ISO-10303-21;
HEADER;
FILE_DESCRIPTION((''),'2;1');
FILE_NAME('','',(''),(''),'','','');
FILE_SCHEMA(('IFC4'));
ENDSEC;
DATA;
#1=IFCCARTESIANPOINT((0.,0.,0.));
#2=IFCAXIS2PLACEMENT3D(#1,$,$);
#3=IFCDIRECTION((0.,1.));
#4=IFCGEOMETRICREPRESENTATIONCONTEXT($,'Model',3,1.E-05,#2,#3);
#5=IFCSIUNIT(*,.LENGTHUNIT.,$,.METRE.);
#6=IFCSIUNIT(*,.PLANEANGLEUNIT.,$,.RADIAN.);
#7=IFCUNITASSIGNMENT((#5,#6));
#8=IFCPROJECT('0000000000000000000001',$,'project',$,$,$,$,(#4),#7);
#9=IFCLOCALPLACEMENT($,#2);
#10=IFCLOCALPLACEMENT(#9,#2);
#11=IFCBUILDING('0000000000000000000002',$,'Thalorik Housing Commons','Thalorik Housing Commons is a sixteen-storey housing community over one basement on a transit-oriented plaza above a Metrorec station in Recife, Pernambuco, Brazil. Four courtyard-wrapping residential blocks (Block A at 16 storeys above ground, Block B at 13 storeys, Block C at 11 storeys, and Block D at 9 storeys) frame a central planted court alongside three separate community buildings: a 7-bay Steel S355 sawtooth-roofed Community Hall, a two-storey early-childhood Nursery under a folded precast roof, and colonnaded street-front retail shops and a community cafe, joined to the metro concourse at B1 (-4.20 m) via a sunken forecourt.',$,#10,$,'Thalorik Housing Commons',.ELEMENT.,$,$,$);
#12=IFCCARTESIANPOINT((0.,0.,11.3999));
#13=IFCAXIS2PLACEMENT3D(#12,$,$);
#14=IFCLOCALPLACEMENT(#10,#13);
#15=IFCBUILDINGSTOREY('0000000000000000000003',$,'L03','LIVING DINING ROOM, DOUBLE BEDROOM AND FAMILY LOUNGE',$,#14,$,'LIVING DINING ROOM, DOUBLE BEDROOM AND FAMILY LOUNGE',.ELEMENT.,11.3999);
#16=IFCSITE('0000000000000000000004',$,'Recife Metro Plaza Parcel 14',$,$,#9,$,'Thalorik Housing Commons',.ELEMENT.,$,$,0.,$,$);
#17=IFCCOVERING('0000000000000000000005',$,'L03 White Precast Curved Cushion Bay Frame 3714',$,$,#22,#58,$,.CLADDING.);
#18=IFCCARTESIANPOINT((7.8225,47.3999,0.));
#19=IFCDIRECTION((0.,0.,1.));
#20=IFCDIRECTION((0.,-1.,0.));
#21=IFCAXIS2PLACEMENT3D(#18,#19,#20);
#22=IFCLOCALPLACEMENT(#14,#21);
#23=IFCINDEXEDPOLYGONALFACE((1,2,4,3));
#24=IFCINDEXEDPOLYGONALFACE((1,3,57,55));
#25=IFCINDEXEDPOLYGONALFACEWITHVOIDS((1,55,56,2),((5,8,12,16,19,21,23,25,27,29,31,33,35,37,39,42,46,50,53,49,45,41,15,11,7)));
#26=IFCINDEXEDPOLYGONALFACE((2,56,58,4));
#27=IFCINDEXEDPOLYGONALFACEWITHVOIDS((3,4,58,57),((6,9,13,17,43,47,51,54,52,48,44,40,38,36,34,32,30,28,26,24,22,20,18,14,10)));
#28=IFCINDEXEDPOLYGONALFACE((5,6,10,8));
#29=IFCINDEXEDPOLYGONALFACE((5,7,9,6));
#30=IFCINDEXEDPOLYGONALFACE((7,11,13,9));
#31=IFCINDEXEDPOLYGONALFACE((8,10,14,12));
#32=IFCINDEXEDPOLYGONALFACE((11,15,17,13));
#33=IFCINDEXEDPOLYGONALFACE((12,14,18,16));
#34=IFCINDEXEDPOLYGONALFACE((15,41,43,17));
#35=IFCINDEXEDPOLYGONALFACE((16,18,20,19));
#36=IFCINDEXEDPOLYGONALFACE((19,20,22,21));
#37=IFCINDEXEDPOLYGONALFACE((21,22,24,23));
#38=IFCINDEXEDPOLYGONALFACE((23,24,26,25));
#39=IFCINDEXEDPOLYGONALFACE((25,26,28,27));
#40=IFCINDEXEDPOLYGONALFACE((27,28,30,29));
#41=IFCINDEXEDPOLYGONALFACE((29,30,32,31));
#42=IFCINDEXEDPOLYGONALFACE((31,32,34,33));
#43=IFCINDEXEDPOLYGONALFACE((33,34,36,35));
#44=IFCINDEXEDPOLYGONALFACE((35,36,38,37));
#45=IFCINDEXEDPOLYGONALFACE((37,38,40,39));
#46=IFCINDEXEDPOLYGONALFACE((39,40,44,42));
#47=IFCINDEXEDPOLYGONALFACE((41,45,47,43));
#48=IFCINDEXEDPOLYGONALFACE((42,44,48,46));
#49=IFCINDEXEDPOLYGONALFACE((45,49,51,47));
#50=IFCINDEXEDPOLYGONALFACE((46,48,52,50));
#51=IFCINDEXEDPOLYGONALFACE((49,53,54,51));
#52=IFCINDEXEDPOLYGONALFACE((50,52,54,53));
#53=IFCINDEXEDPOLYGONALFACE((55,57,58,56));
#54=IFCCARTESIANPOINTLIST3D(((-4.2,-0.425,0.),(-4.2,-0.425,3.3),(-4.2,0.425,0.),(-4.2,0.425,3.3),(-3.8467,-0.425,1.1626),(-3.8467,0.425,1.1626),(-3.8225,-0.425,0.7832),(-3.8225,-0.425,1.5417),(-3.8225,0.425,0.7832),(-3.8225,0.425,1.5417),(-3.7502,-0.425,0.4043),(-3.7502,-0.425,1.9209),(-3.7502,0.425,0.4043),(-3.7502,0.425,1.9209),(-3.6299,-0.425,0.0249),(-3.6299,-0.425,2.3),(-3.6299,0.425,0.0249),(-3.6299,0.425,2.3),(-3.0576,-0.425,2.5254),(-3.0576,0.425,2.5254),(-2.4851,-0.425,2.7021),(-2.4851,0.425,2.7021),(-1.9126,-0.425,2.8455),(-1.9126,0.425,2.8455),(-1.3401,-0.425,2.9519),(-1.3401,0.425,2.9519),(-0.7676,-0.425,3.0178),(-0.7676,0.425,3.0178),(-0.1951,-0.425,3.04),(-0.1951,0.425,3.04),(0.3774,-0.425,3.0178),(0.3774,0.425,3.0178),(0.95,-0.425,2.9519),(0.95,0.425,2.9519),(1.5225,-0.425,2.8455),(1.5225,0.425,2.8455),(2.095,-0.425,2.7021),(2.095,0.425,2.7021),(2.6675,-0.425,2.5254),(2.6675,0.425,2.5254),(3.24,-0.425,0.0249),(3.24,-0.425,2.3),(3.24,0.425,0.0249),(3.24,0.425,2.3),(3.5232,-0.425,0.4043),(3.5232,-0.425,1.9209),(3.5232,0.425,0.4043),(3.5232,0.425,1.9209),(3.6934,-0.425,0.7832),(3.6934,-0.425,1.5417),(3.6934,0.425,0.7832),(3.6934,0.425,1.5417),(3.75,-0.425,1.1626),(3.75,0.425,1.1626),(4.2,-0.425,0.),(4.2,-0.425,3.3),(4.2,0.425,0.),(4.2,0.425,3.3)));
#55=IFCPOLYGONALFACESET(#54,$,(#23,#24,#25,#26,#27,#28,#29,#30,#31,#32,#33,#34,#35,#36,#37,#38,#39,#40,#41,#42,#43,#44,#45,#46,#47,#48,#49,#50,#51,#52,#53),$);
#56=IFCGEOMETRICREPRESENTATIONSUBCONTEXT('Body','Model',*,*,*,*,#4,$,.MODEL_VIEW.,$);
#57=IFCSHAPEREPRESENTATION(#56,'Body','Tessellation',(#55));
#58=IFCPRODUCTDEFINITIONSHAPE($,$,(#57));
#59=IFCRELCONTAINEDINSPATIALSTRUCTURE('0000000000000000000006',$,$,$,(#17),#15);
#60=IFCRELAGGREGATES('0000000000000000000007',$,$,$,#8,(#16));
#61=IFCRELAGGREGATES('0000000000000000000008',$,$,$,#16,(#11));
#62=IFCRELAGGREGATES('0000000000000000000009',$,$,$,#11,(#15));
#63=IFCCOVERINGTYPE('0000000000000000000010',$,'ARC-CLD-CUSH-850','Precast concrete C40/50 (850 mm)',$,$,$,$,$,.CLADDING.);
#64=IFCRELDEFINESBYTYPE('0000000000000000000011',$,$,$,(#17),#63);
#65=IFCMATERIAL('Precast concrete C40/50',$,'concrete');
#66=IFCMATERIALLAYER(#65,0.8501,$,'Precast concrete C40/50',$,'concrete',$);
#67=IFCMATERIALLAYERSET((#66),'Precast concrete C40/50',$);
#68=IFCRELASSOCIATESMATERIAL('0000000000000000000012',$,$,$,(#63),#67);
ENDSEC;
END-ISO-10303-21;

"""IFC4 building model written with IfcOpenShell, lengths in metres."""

from ifc_helpers import new_model, si_unit, direction, frame, origin, place, context, subcontext, project, spatial, polyline, outline, extrude, material, layer, layer_set, type_object, element, save


model = new_model("IFC4")

# Units and contexts
model_context = context("Model", 3, precision=1e-05, world=origin(), true_north=direction((0.0, 1.0)))
body_context = subcontext(model_context, "Body", "Model", "MODEL_VIEW")
ifc_project = project(units=[si_unit("LENGTHUNIT", "METRE"), si_unit("PLANEANGLEUNIT", "RADIAN")], contexts=[model_context])

# Site, building, storey
site_placement = place(None, origin())
site = spatial("IfcSite", under=ifc_project, at=site_placement, Name="Recife Metro Plaza Parcel 14", LongName="Thalorik Housing Commons", CompositionType="ELEMENT", RefElevation=0.0)
building_placement = place(site_placement, origin())
building = spatial("IfcBuilding", under=site, at=building_placement, Name="Thalorik Housing Commons", Description="Thalorik Housing Commons is a sixteen-storey housing community over one basement on a transit-oriented plaza above a Metrorec station in Recife, Pernambuco, Brazil. Four courtyard-wrapping residential blocks (Block A at 16 storeys above ground, Block B at 13 storeys, Block C at 11 storeys, and Block D at 9 storeys) frame a central planted court alongside three separate community buildings: a 7-bay Steel S355 sawtooth-roofed Community Hall, a two-storey early-childhood Nursery under a folded precast roof, and colonnaded street-front retail shops and a community cafe, joined to the metro concourse at B1 (-4.20 m) via a sunken forecourt.", LongName="Thalorik Housing Commons", CompositionType="ELEMENT")
storey_placement = place(building_placement, frame((0.0, 0.0, 11.3999)))
storey = spatial("IfcBuildingStorey", under=building, at=storey_placement, Name="L03", Description="LIVING DINING ROOM, DOUBLE BEDROOM AND FAMILY LOUNGE", LongName="LIVING DINING ROOM, DOUBLE BEDROOM AND FAMILY LOUNGE", CompositionType="ELEMENT", Elevation=11.3999)

# Shared definitions
ifc_material_1 = material(Name="Precast concrete C40/50", Category="concrete")

# Covering
ifc_layer_1 = layer(ifc_material_1, 0.8501, Name="Precast concrete C40/50", Category="concrete")
ifc_layer_set_1 = layer_set([ifc_layer_1], Name="Precast concrete C40/50")
covering_type_1 = type_object("IfcCoveringType", Name="ARC-CLD-CUSH-850", Description="Precast concrete C40/50 (850 mm)", PredefinedType="CLADDING", material=ifc_layer_set_1)
covering_1_placement = place(storey_placement, frame((7.8225, 47.3999, 0.0), z_axis=(0.0, 0.0, 1.0), x_axis=(0.0, -1.0, 0.0)))
element("IfcCovering", 1, at=covering_1_placement, inside=storey, type_object=covering_type_1, Name="L03 White Precast Curved Cushion Bay Frame 3714", PredefinedType="CLADDING", context=body_context, shape_type="SweptSolid", body=[
    extrude(outline(polyline([(-4.2, 0.0), (4.2, 0.0), (4.2, 3.3), (-4.2, 3.3), (-4.2, 0.0)]), holes=[polyline([(3.24, 0.0249), (3.5232, 0.4043), (3.6934, 0.7832), (3.75, 1.1626), (3.6934, 1.5417), (3.5232, 1.9209), (3.24, 2.3), (2.6675, 2.5254), (2.095, 2.7021), (1.5225, 2.8455), (0.95, 2.9519), (0.3774, 3.0178), (-0.1951, 3.04), (-0.7676, 3.0178), (-1.3401, 2.9519), (-1.9126, 2.8455), (-2.4851, 2.7021), (-3.0576, 2.5254), (-3.6299, 2.3), (-3.7502, 1.9209), (-3.8225, 1.5417), (-3.8467, 1.1626), (-3.8225, 0.7832), (-3.7502, 0.4043), (-3.6299, 0.0249), (3.24, 0.0249)])]), frame((0.0, 0.425, 0.0), z_axis=(0.0, -1.0, 0.0), x_axis=(1.0, 0.0, 0.0)), (0.0, 0.0, 1.0), 0.8501),
])

save(model, "model.ifc")
